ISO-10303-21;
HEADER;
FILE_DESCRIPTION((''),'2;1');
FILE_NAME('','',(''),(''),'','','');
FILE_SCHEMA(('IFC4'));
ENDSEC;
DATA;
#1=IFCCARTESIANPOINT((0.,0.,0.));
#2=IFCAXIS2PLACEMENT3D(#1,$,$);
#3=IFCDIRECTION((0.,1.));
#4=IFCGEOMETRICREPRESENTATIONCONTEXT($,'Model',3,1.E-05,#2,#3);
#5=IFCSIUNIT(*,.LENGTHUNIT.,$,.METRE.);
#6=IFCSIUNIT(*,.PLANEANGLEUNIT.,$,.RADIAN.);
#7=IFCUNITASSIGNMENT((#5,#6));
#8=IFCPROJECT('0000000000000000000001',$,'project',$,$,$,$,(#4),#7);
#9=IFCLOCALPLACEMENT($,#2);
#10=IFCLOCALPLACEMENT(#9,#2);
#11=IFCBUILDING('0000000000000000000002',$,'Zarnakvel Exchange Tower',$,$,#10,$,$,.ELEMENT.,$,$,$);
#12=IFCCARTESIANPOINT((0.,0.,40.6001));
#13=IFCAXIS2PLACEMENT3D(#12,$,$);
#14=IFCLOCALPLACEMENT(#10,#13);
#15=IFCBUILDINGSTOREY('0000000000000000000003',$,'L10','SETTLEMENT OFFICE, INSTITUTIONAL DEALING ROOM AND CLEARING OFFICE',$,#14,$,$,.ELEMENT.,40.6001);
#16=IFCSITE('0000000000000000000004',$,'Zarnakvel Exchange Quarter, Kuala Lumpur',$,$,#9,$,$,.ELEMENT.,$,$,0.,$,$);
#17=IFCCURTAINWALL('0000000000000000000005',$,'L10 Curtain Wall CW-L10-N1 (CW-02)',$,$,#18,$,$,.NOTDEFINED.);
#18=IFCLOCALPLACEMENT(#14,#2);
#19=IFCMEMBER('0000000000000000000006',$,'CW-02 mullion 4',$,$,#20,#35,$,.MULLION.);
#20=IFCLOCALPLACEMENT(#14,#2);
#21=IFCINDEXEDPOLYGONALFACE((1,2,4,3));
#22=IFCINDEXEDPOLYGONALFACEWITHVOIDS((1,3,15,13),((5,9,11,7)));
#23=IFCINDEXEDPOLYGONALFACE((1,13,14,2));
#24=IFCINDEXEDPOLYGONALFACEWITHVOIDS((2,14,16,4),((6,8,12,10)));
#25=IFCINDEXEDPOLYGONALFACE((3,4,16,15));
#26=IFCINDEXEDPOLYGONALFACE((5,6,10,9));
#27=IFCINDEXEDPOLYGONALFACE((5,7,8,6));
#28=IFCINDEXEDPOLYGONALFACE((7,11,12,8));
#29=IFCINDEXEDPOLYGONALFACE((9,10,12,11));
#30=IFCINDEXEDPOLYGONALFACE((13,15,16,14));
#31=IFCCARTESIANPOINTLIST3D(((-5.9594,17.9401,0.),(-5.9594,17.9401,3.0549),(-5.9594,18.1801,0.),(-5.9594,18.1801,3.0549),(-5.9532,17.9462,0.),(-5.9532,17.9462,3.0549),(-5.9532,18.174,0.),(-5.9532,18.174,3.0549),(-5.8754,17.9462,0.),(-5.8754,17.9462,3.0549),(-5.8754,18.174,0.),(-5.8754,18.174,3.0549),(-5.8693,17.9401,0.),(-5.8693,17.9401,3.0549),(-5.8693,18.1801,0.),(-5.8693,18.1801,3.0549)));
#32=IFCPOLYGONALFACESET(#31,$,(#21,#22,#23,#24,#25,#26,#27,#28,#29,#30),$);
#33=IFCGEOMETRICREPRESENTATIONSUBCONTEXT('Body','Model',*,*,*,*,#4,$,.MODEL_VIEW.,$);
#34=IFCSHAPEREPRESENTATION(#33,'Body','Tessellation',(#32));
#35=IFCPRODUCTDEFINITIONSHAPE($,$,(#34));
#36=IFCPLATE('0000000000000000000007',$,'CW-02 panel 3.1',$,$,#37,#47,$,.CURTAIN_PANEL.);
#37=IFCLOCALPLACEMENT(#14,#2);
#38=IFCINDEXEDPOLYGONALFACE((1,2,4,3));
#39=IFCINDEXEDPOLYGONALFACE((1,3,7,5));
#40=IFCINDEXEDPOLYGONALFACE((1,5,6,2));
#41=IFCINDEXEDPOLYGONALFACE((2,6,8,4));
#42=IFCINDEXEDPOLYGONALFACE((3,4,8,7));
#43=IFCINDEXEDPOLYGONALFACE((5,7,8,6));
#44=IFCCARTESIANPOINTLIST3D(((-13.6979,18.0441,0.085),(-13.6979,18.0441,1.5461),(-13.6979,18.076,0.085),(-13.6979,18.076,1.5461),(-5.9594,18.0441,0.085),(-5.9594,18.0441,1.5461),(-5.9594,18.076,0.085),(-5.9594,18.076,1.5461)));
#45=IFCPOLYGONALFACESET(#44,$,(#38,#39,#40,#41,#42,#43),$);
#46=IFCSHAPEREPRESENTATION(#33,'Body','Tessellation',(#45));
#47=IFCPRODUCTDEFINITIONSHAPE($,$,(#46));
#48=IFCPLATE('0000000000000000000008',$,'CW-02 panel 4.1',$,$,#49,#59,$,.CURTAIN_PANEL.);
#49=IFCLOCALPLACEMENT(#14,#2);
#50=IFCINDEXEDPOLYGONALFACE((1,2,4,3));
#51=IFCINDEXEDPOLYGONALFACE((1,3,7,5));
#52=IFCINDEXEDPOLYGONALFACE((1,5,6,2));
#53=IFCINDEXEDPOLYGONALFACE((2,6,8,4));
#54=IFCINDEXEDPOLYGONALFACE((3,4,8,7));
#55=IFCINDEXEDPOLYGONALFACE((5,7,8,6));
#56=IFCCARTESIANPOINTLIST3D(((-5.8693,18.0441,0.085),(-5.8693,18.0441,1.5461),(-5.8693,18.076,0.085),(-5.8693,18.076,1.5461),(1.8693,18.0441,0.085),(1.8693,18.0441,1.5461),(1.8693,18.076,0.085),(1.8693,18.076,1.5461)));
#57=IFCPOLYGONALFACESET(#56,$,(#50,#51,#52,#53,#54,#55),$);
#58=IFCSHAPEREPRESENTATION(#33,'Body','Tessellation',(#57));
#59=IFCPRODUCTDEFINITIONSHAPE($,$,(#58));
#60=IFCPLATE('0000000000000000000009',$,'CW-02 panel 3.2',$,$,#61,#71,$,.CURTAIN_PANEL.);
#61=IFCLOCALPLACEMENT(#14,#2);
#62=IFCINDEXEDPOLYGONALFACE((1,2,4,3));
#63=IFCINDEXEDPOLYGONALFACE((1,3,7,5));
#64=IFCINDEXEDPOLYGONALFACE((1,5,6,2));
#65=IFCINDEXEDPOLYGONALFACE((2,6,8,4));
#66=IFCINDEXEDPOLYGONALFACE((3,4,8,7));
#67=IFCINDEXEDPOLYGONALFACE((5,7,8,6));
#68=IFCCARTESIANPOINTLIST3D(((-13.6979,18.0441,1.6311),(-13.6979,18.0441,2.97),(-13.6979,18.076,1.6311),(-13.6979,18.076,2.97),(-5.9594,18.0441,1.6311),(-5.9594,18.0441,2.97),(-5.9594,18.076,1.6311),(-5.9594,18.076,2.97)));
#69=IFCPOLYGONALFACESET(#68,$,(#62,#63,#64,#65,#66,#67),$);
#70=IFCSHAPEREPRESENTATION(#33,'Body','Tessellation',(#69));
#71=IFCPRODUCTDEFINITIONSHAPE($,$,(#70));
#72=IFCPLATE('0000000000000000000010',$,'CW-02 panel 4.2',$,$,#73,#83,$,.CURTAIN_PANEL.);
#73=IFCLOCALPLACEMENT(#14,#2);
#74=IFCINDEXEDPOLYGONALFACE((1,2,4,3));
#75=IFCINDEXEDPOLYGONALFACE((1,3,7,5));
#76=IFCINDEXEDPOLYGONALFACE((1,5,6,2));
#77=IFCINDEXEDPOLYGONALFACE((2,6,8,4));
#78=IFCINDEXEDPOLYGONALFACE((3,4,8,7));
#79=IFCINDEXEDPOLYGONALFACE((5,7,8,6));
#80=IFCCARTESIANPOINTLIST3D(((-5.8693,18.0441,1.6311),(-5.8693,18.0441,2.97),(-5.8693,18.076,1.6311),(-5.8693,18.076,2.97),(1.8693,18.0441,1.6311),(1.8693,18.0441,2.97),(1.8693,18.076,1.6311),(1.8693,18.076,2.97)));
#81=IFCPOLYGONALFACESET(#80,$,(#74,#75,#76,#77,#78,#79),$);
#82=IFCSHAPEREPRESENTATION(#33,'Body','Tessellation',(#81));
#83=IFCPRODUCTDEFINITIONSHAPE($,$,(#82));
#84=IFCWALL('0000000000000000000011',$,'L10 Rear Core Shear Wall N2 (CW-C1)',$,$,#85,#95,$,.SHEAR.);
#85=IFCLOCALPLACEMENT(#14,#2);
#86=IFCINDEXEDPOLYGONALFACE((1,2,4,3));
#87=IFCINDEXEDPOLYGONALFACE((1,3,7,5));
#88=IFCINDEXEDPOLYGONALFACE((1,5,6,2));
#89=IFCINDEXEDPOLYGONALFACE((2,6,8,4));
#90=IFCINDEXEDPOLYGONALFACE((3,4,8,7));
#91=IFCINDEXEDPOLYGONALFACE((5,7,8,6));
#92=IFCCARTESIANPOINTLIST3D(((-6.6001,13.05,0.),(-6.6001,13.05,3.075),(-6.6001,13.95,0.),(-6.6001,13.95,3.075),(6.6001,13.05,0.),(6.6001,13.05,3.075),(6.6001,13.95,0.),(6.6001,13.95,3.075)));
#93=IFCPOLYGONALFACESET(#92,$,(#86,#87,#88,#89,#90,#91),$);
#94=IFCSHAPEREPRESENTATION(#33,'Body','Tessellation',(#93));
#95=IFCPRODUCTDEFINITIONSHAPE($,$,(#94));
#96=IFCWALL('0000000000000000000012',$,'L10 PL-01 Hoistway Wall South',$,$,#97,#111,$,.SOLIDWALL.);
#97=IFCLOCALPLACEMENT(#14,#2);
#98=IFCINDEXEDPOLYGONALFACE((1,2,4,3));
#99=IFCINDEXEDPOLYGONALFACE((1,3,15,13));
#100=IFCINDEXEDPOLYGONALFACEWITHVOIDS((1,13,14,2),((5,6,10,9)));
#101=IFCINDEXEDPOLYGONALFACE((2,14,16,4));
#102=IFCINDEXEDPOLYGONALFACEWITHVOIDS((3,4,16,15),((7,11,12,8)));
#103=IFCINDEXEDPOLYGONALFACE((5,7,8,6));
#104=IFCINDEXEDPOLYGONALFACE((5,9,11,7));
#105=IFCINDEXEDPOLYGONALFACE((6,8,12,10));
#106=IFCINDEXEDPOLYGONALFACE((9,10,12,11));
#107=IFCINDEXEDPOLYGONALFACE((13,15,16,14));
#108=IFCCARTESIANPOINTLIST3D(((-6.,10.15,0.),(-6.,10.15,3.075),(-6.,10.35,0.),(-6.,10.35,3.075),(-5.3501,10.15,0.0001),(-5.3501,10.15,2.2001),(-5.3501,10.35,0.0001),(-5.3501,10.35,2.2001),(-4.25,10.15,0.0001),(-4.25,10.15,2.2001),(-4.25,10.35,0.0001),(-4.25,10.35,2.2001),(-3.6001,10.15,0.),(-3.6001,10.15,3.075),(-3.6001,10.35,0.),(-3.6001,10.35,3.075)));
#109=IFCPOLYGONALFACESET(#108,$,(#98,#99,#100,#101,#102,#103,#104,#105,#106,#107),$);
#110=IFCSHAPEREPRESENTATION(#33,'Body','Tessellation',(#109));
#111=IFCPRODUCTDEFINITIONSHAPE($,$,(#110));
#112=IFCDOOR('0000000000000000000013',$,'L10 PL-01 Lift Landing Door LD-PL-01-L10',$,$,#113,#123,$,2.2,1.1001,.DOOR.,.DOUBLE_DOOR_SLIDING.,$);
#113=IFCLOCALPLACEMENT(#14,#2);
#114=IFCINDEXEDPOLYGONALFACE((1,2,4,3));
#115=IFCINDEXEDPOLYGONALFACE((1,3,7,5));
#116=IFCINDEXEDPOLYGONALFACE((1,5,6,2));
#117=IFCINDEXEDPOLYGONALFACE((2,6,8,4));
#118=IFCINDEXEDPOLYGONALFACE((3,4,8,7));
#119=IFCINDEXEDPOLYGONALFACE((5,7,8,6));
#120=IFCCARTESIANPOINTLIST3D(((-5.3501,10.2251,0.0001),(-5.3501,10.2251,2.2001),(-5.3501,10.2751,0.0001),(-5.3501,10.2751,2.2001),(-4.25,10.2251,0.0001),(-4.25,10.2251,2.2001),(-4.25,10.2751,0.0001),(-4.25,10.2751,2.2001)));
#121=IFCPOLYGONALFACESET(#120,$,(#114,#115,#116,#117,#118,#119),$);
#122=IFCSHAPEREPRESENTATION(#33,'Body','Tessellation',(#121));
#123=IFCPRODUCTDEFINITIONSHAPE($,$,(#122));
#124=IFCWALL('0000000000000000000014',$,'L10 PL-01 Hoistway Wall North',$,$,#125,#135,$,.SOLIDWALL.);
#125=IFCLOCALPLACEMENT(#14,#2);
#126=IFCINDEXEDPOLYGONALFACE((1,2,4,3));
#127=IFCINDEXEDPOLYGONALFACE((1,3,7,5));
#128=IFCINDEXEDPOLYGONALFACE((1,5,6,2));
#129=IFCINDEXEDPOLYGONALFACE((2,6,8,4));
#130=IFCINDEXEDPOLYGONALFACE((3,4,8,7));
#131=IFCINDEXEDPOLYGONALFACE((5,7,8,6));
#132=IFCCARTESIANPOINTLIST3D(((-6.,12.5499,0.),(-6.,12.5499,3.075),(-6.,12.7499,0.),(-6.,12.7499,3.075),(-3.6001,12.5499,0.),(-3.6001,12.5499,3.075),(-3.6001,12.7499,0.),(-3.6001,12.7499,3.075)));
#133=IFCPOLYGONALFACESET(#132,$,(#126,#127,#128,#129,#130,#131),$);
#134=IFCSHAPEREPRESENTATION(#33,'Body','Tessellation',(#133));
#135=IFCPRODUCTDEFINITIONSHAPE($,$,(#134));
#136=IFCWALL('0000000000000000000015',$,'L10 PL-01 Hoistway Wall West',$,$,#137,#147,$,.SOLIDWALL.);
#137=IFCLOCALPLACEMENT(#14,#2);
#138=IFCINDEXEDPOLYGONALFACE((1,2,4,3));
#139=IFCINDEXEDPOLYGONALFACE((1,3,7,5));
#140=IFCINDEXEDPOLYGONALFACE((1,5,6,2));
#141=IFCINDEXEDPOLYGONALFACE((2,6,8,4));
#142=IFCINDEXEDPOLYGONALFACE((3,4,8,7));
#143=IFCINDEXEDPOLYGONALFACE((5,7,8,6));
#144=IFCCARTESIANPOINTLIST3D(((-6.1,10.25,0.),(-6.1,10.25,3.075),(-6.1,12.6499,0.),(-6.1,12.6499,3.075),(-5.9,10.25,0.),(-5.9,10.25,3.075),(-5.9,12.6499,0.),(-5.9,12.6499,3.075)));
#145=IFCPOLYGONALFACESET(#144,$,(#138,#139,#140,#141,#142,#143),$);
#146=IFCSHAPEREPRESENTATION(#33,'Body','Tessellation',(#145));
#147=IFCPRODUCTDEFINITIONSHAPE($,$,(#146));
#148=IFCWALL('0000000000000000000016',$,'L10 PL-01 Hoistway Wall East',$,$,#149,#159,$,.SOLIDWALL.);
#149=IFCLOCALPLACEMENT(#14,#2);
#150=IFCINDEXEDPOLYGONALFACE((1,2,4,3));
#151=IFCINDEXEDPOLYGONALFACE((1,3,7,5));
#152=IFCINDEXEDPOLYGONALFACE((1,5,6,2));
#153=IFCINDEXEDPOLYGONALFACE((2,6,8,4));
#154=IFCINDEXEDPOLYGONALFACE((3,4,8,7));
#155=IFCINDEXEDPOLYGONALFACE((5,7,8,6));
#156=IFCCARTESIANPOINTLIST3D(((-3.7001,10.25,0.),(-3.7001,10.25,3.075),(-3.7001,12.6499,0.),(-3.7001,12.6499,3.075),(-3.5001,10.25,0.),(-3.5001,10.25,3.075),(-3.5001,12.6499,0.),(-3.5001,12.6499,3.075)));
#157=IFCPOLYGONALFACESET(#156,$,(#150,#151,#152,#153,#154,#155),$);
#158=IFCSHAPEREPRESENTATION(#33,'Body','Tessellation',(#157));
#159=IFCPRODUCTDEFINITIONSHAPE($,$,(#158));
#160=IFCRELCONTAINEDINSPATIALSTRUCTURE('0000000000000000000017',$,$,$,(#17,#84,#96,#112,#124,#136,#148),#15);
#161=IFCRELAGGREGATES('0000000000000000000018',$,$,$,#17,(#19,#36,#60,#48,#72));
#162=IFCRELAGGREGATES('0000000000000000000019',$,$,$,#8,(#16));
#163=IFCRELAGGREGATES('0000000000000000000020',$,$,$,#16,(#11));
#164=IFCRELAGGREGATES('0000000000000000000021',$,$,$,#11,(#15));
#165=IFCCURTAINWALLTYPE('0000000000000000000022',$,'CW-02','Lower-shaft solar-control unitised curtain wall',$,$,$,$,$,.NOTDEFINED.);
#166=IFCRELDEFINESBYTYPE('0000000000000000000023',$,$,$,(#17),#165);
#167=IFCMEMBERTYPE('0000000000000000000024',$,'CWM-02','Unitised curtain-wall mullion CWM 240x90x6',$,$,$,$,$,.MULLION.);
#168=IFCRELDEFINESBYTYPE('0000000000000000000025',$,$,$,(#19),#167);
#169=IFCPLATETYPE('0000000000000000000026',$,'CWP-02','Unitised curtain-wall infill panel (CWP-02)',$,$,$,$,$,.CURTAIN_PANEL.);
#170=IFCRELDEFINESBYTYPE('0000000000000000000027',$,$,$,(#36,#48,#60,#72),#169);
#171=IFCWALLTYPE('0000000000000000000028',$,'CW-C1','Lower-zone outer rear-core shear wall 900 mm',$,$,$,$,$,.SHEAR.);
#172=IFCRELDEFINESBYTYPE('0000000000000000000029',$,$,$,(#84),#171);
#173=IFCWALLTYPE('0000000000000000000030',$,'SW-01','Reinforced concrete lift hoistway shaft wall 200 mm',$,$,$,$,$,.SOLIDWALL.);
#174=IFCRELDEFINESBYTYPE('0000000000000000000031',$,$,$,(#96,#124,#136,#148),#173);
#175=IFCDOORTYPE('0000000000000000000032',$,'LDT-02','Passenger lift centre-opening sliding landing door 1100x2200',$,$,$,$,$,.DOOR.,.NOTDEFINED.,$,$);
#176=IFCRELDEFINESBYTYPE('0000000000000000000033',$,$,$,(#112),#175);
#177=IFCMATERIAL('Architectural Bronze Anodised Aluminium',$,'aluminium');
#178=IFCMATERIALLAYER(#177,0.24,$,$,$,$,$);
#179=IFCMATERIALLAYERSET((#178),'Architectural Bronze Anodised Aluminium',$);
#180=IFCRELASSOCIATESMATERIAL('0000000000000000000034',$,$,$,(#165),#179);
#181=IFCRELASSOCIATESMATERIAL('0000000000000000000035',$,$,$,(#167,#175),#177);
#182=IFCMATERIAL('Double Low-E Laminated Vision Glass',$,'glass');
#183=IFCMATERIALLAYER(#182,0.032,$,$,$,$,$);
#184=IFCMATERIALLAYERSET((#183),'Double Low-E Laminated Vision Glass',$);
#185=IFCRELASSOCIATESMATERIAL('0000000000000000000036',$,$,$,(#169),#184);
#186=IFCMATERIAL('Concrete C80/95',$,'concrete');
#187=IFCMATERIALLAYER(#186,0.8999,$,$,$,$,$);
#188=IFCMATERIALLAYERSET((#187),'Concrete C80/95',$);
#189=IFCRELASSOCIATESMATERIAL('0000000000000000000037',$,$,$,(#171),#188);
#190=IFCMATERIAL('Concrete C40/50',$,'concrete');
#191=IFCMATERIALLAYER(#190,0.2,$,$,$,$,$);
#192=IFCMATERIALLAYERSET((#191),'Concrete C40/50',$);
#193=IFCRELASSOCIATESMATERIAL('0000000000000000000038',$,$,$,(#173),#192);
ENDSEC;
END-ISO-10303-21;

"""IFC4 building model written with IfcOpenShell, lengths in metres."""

from ifc_helpers import new_model, si_unit, direction, frame, frame_2d, origin, origin_2d, place, context, subcontext, project, spatial, rectangle, hollow_rectangle, extrude, source, transform, mapped, material, layer, layer_set, material_profile, profile_set, type_object, element, fill, aggregate, save


model = new_model("IFC4")

# Units and contexts
model_context = context("Model", 3, precision=1e-05, world=origin(), true_north=direction((0.0, 1.0)))
body_context = subcontext(model_context, "Body", "Model", "MODEL_VIEW")
ifc_project = project(units=[si_unit("LENGTHUNIT", "METRE"), si_unit("PLANEANGLEUNIT", "RADIAN")], contexts=[model_context])

# Site, building, storey
site_placement = place(None, origin())
site = spatial("IfcSite", under=ifc_project, at=site_placement, Name="Zarnakvel Exchange Quarter, Kuala Lumpur", CompositionType="ELEMENT", RefElevation=0.0)
building_placement = place(site_placement, origin())
building = spatial("IfcBuilding", under=site, at=building_placement, Name="Zarnakvel Exchange Tower", CompositionType="ELEMENT")
storey_placement = place(building_placement, frame((0.0, 0.0, 40.6001)))
storey = spatial("IfcBuildingStorey", under=building, at=storey_placement, Name="L10", Description="SETTLEMENT OFFICE, INSTITUTIONAL DEALING ROOM AND CLEARING OFFICE", CompositionType="ELEMENT", Elevation=40.6001)

# Shared definitions
ifc_material_1 = material(Name="Concrete C80/95", Category="concrete")

# Curtain wall, member, plates
ifc_material_2 = material(Name="Architectural Bronze Anodised Aluminium", Category="aluminium")
ifc_layer_1 = layer(ifc_material_2, 0.24)
ifc_layer_set_1 = layer_set([ifc_layer_1], Name="Architectural Bronze Anodised Aluminium")
curtain_wall_type = type_object("IfcCurtainWallType", Name="CW-02", Description="Lower-shaft solar-control unitised curtain wall", PredefinedType="NOTDEFINED", material=ifc_layer_set_1)
curtain_wall_placement = place(storey_placement, origin())
curtain_wall = element("IfcCurtainWall", 1, at=curtain_wall_placement, inside=storey, type_object=curtain_wall_type, Name="L10 Curtain Wall CW-L10-N1 (CW-02)", PredefinedType="NOTDEFINED")
ifc_material_profile_1 = material_profile(ifc_material_2, hollow_rectangle(XDim=0.24, YDim=0.0901, WallThickness=0.0061, at=origin_2d()))
ifc_profile_set_1 = profile_set([ifc_material_profile_1], Name="Architectural Bronze Anodised Aluminium")
member_type_1 = type_object("IfcMemberType", Name="CWM-02", Description="Unitised curtain-wall mullion CWM 240x90x6", PredefinedType="MULLION", material=ifc_profile_set_1)
shared_shape_1 = source(origin(), body_context, "Body", "SweptSolid", [
    extrude(hollow_rectangle(XDim=0.24, YDim=0.0901, WallThickness=0.0061, at=origin_2d()), origin(), (0.0, 0.0, 1.0), 3.0549),
])
member_1_placement = place(storey_placement, frame((-5.9143, 18.0601, 0.0), z_axis=(0.0, 0.0, 1.0), x_axis=(0.0, 1.0, 0.0)))
member_1 = element("IfcMember", 2, at=member_1_placement, type_object=member_type_1, Name="CW-02 mullion 4", PredefinedType="MULLION", context=body_context, shape_type="MappedRepresentation", body=[
    mapped(shared_shape_1, transform((0.0, 0.0, 0.0), x_axis=(1.0, 0.0, 0.0), y_axis=(0.0, 1.0, 0.0), z_axis=(0.0, 0.0, 1.0), scale=1.0)),
])
ifc_material_3 = material(Name="Double Low-E Laminated Vision Glass", Category="glass")
ifc_layer_2 = layer(ifc_material_3, 0.032)
ifc_layer_set_2 = layer_set([ifc_layer_2], Name="Double Low-E Laminated Vision Glass")
plate_type = type_object("IfcPlateType", Name="CWP-02", Description="Unitised curtain-wall infill panel (CWP-02)", PredefinedType="CURTAIN_PANEL", material=ifc_layer_set_2)
shared_shape_2 = source(origin(), body_context, "Body", "SweptSolid", [
    extrude(rectangle(XDim=7.7385, YDim=0.032, at=origin_2d()), origin(), (0.0, 0.0, 1.0), 1.4612),
])
plate_1_placement = place(storey_placement, frame((-9.8286, 18.0601, 0.085), z_axis=(0.0, 0.0, 1.0), x_axis=(1.0, 0.0, 0.0)))
plate_1 = element("IfcPlate", 3, at=plate_1_placement, type_object=plate_type, Name="CW-02 panel 3.1", PredefinedType="CURTAIN_PANEL", context=body_context, shape_type="MappedRepresentation", body=[
    mapped(shared_shape_2, transform((0.0, 0.0, 0.0), x_axis=(1.0, 0.0, 0.0), y_axis=(0.0, 1.0, 0.0), z_axis=(0.0, 0.0, 1.0), scale=1.0)),
])
plate_2_placement = place(storey_placement, frame((-2.0, 18.0601, 0.085), z_axis=(0.0, 0.0, 1.0), x_axis=(1.0, 0.0, 0.0)))
plate_2 = element("IfcPlate", 4, at=plate_2_placement, type_object=plate_type, Name="CW-02 panel 4.1", PredefinedType="CURTAIN_PANEL", context=body_context, shape_type="MappedRepresentation", body=[
    mapped(shared_shape_2, transform((0.0, 0.0, 0.0), x_axis=(1.0, 0.0, 0.0), y_axis=(0.0, 1.0, 0.0), z_axis=(0.0, 0.0, 1.0), scale=1.0)),
])
shared_shape_3 = source(origin(), body_context, "Body", "SweptSolid", [
    extrude(rectangle(XDim=7.7385, YDim=0.032, at=origin_2d()), origin(), (0.0, 0.0, 1.0), 1.3389),
])
plate_3_placement = place(storey_placement, frame((-9.8286, 18.0601, 1.6311), z_axis=(0.0, 0.0, 1.0), x_axis=(1.0, 0.0, 0.0)))
plate_3 = element("IfcPlate", 5, at=plate_3_placement, type_object=plate_type, Name="CW-02 panel 3.2", PredefinedType="CURTAIN_PANEL", context=body_context, shape_type="MappedRepresentation", body=[
    mapped(shared_shape_3, transform((0.0, 0.0, 0.0), x_axis=(1.0, 0.0, 0.0), y_axis=(0.0, 1.0, 0.0), z_axis=(0.0, 0.0, 1.0), scale=1.0)),
])
plate_4_placement = place(storey_placement, frame((-2.0, 18.0601, 1.6311), z_axis=(0.0, 0.0, 1.0), x_axis=(1.0, 0.0, 0.0)))
plate_4 = element("IfcPlate", 6, at=plate_4_placement, type_object=plate_type, Name="CW-02 panel 4.2", PredefinedType="CURTAIN_PANEL", context=body_context, shape_type="MappedRepresentation", body=[
    mapped(shared_shape_3, transform((0.0, 0.0, 0.0), x_axis=(1.0, 0.0, 0.0), y_axis=(0.0, 1.0, 0.0), z_axis=(0.0, 0.0, 1.0), scale=1.0)),
])
aggregate(curtain_wall, [member_1, plate_1, plate_3, plate_2, plate_4])

# Wall
ifc_layer_3 = layer(ifc_material_1, 0.8999)
ifc_layer_set_3 = layer_set([ifc_layer_3], Name="Concrete C80/95")
wall_type_1 = type_object("IfcWallType", Name="CW-C1", Description="Lower-zone outer rear-core shear wall 900 mm", PredefinedType="SHEAR", material=ifc_layer_set_3)
wall_1_placement = place(storey_placement, frame((-6.6001, 13.5, 0.0), z_axis=(0.0, 0.0, 1.0), x_axis=(1.0, 0.0, 0.0)))
element("IfcWall", 7, at=wall_1_placement, inside=storey, type_object=wall_type_1, Name="L10 Rear Core Shear Wall N2 (CW-C1)", PredefinedType="SHEAR", context=body_context, shape_type="SweptSolid", body=[
    extrude(rectangle(XDim=13.2002, YDim=0.8999, at=frame_2d((6.6001, 0.0))), origin(), (0.0, 0.0, 1.0), 3.075),
])

# Wall, opening, door
ifc_material_4 = material(Name="Concrete C40/50", Category="concrete")
ifc_layer_4 = layer(ifc_material_4, 0.2)
ifc_layer_set_4 = layer_set([ifc_layer_4], Name="Concrete C40/50")
wall_type_2 = type_object("IfcWallType", Name="SW-01", Description="Reinforced concrete lift hoistway shaft wall 200 mm", PredefinedType="SOLIDWALL", material=ifc_layer_set_4)
wall_2_placement = place(storey_placement, frame((-3.6001, 10.25, 0.0), z_axis=(0.0, 0.0, 1.0), x_axis=(-1.0, 0.0, 0.0)))
wall_2 = element("IfcWall", 8, at=wall_2_placement, inside=storey, type_object=wall_type_2, Name="L10 PL-01 Hoistway Wall South", PredefinedType="SOLIDWALL", context=body_context, shape_type="SweptSolid", body=[
    extrude(rectangle(XDim=2.3999, YDim=0.2, at=frame_2d((1.2, 0.0))), origin(), (0.0, 0.0, 1.0), 3.075),
])
opening_1_placement = place(wall_2_placement, frame((0.6499, 0.0, 0.0)))
opening_1 = element("IfcOpeningElement", 9, at=opening_1_placement, cuts=wall_2, PredefinedType="OPENING", context=body_context, shape_type="SweptSolid", body=[
    extrude(rectangle(XDim=1.1001, YDim=2.2, at=frame_2d((0.55, 1.1001))), frame((0.0, 0.1099, 0.0), z_axis=(0.0, -1.0, 0.0), x_axis=(1.0, 0.0, 0.0)), (0.0, 0.0, 1.0), 0.22),
])
door_type = type_object("IfcDoorType", Name="LDT-02", Description="Passenger lift centre-opening sliding landing door 1100x2200", OperationType="NOTDEFINED", PredefinedType="DOOR", material=ifc_material_2)
shared_shape_4 = source(origin(), body_context, "Body", "SweptSolid", [
    extrude(rectangle(XDim=1.1001, YDim=2.2, at=frame_2d((0.55, 1.1001))), frame((0.0, 0.0249, 0.0), z_axis=(0.0, -1.0, 0.0), x_axis=(1.0, 0.0, 0.0)), (0.0, 0.0, 1.0), 0.05),
])
door_1_placement = place(opening_1_placement, origin())
door_1 = element("IfcDoor", 10, at=door_1_placement, inside=storey, type_object=door_type, Name="L10 PL-01 Lift Landing Door LD-PL-01-L10", OperationType="DOUBLE_DOOR_SLIDING", OverallHeight=2.2, OverallWidth=1.1001, PredefinedType="DOOR", context=body_context, shape_type="MappedRepresentation", body=[
    mapped(shared_shape_4, transform((0.0, 0.0, 0.0), x_axis=(1.0, 0.0, 0.0), y_axis=(0.0, 1.0, 0.0), z_axis=(0.0, 0.0, 1.0), scale=1.0)),
])
fill(opening_1, door_1)

# Walls
for number, where, z_axis, x_axis, name in (
    (11, (-6.0, 12.6499, 0.0), (0.0, 0.0, 1.0), (1.0, 0.0, 0.0), "L10 PL-01 Hoistway Wall North"),
    (12, (-6.0, 10.25, 0.0), (0.0, 0.0, 1.0), (0.0, 1.0, 0.0), "L10 PL-01 Hoistway Wall West"),
    (13, (-3.6001, 12.6499, 0.0), (0.0, 0.0, 1.0), (0.0, -1.0, 0.0), "L10 PL-01 Hoistway Wall East"),
):
    element("IfcWall", number, at=place(storey_placement, frame(where, z_axis=z_axis, x_axis=x_axis)), inside=storey, type_object=wall_type_2, Name=name, PredefinedType="SOLIDWALL", context=body_context, shape_type="SweptSolid", body=[
        extrude(rectangle(XDim=2.3999, YDim=0.2, at=frame_2d((1.2, 0.0))), origin(), (0.0, 0.0, 1.0), 3.075),
    ])

save(model, "model.ifc")
